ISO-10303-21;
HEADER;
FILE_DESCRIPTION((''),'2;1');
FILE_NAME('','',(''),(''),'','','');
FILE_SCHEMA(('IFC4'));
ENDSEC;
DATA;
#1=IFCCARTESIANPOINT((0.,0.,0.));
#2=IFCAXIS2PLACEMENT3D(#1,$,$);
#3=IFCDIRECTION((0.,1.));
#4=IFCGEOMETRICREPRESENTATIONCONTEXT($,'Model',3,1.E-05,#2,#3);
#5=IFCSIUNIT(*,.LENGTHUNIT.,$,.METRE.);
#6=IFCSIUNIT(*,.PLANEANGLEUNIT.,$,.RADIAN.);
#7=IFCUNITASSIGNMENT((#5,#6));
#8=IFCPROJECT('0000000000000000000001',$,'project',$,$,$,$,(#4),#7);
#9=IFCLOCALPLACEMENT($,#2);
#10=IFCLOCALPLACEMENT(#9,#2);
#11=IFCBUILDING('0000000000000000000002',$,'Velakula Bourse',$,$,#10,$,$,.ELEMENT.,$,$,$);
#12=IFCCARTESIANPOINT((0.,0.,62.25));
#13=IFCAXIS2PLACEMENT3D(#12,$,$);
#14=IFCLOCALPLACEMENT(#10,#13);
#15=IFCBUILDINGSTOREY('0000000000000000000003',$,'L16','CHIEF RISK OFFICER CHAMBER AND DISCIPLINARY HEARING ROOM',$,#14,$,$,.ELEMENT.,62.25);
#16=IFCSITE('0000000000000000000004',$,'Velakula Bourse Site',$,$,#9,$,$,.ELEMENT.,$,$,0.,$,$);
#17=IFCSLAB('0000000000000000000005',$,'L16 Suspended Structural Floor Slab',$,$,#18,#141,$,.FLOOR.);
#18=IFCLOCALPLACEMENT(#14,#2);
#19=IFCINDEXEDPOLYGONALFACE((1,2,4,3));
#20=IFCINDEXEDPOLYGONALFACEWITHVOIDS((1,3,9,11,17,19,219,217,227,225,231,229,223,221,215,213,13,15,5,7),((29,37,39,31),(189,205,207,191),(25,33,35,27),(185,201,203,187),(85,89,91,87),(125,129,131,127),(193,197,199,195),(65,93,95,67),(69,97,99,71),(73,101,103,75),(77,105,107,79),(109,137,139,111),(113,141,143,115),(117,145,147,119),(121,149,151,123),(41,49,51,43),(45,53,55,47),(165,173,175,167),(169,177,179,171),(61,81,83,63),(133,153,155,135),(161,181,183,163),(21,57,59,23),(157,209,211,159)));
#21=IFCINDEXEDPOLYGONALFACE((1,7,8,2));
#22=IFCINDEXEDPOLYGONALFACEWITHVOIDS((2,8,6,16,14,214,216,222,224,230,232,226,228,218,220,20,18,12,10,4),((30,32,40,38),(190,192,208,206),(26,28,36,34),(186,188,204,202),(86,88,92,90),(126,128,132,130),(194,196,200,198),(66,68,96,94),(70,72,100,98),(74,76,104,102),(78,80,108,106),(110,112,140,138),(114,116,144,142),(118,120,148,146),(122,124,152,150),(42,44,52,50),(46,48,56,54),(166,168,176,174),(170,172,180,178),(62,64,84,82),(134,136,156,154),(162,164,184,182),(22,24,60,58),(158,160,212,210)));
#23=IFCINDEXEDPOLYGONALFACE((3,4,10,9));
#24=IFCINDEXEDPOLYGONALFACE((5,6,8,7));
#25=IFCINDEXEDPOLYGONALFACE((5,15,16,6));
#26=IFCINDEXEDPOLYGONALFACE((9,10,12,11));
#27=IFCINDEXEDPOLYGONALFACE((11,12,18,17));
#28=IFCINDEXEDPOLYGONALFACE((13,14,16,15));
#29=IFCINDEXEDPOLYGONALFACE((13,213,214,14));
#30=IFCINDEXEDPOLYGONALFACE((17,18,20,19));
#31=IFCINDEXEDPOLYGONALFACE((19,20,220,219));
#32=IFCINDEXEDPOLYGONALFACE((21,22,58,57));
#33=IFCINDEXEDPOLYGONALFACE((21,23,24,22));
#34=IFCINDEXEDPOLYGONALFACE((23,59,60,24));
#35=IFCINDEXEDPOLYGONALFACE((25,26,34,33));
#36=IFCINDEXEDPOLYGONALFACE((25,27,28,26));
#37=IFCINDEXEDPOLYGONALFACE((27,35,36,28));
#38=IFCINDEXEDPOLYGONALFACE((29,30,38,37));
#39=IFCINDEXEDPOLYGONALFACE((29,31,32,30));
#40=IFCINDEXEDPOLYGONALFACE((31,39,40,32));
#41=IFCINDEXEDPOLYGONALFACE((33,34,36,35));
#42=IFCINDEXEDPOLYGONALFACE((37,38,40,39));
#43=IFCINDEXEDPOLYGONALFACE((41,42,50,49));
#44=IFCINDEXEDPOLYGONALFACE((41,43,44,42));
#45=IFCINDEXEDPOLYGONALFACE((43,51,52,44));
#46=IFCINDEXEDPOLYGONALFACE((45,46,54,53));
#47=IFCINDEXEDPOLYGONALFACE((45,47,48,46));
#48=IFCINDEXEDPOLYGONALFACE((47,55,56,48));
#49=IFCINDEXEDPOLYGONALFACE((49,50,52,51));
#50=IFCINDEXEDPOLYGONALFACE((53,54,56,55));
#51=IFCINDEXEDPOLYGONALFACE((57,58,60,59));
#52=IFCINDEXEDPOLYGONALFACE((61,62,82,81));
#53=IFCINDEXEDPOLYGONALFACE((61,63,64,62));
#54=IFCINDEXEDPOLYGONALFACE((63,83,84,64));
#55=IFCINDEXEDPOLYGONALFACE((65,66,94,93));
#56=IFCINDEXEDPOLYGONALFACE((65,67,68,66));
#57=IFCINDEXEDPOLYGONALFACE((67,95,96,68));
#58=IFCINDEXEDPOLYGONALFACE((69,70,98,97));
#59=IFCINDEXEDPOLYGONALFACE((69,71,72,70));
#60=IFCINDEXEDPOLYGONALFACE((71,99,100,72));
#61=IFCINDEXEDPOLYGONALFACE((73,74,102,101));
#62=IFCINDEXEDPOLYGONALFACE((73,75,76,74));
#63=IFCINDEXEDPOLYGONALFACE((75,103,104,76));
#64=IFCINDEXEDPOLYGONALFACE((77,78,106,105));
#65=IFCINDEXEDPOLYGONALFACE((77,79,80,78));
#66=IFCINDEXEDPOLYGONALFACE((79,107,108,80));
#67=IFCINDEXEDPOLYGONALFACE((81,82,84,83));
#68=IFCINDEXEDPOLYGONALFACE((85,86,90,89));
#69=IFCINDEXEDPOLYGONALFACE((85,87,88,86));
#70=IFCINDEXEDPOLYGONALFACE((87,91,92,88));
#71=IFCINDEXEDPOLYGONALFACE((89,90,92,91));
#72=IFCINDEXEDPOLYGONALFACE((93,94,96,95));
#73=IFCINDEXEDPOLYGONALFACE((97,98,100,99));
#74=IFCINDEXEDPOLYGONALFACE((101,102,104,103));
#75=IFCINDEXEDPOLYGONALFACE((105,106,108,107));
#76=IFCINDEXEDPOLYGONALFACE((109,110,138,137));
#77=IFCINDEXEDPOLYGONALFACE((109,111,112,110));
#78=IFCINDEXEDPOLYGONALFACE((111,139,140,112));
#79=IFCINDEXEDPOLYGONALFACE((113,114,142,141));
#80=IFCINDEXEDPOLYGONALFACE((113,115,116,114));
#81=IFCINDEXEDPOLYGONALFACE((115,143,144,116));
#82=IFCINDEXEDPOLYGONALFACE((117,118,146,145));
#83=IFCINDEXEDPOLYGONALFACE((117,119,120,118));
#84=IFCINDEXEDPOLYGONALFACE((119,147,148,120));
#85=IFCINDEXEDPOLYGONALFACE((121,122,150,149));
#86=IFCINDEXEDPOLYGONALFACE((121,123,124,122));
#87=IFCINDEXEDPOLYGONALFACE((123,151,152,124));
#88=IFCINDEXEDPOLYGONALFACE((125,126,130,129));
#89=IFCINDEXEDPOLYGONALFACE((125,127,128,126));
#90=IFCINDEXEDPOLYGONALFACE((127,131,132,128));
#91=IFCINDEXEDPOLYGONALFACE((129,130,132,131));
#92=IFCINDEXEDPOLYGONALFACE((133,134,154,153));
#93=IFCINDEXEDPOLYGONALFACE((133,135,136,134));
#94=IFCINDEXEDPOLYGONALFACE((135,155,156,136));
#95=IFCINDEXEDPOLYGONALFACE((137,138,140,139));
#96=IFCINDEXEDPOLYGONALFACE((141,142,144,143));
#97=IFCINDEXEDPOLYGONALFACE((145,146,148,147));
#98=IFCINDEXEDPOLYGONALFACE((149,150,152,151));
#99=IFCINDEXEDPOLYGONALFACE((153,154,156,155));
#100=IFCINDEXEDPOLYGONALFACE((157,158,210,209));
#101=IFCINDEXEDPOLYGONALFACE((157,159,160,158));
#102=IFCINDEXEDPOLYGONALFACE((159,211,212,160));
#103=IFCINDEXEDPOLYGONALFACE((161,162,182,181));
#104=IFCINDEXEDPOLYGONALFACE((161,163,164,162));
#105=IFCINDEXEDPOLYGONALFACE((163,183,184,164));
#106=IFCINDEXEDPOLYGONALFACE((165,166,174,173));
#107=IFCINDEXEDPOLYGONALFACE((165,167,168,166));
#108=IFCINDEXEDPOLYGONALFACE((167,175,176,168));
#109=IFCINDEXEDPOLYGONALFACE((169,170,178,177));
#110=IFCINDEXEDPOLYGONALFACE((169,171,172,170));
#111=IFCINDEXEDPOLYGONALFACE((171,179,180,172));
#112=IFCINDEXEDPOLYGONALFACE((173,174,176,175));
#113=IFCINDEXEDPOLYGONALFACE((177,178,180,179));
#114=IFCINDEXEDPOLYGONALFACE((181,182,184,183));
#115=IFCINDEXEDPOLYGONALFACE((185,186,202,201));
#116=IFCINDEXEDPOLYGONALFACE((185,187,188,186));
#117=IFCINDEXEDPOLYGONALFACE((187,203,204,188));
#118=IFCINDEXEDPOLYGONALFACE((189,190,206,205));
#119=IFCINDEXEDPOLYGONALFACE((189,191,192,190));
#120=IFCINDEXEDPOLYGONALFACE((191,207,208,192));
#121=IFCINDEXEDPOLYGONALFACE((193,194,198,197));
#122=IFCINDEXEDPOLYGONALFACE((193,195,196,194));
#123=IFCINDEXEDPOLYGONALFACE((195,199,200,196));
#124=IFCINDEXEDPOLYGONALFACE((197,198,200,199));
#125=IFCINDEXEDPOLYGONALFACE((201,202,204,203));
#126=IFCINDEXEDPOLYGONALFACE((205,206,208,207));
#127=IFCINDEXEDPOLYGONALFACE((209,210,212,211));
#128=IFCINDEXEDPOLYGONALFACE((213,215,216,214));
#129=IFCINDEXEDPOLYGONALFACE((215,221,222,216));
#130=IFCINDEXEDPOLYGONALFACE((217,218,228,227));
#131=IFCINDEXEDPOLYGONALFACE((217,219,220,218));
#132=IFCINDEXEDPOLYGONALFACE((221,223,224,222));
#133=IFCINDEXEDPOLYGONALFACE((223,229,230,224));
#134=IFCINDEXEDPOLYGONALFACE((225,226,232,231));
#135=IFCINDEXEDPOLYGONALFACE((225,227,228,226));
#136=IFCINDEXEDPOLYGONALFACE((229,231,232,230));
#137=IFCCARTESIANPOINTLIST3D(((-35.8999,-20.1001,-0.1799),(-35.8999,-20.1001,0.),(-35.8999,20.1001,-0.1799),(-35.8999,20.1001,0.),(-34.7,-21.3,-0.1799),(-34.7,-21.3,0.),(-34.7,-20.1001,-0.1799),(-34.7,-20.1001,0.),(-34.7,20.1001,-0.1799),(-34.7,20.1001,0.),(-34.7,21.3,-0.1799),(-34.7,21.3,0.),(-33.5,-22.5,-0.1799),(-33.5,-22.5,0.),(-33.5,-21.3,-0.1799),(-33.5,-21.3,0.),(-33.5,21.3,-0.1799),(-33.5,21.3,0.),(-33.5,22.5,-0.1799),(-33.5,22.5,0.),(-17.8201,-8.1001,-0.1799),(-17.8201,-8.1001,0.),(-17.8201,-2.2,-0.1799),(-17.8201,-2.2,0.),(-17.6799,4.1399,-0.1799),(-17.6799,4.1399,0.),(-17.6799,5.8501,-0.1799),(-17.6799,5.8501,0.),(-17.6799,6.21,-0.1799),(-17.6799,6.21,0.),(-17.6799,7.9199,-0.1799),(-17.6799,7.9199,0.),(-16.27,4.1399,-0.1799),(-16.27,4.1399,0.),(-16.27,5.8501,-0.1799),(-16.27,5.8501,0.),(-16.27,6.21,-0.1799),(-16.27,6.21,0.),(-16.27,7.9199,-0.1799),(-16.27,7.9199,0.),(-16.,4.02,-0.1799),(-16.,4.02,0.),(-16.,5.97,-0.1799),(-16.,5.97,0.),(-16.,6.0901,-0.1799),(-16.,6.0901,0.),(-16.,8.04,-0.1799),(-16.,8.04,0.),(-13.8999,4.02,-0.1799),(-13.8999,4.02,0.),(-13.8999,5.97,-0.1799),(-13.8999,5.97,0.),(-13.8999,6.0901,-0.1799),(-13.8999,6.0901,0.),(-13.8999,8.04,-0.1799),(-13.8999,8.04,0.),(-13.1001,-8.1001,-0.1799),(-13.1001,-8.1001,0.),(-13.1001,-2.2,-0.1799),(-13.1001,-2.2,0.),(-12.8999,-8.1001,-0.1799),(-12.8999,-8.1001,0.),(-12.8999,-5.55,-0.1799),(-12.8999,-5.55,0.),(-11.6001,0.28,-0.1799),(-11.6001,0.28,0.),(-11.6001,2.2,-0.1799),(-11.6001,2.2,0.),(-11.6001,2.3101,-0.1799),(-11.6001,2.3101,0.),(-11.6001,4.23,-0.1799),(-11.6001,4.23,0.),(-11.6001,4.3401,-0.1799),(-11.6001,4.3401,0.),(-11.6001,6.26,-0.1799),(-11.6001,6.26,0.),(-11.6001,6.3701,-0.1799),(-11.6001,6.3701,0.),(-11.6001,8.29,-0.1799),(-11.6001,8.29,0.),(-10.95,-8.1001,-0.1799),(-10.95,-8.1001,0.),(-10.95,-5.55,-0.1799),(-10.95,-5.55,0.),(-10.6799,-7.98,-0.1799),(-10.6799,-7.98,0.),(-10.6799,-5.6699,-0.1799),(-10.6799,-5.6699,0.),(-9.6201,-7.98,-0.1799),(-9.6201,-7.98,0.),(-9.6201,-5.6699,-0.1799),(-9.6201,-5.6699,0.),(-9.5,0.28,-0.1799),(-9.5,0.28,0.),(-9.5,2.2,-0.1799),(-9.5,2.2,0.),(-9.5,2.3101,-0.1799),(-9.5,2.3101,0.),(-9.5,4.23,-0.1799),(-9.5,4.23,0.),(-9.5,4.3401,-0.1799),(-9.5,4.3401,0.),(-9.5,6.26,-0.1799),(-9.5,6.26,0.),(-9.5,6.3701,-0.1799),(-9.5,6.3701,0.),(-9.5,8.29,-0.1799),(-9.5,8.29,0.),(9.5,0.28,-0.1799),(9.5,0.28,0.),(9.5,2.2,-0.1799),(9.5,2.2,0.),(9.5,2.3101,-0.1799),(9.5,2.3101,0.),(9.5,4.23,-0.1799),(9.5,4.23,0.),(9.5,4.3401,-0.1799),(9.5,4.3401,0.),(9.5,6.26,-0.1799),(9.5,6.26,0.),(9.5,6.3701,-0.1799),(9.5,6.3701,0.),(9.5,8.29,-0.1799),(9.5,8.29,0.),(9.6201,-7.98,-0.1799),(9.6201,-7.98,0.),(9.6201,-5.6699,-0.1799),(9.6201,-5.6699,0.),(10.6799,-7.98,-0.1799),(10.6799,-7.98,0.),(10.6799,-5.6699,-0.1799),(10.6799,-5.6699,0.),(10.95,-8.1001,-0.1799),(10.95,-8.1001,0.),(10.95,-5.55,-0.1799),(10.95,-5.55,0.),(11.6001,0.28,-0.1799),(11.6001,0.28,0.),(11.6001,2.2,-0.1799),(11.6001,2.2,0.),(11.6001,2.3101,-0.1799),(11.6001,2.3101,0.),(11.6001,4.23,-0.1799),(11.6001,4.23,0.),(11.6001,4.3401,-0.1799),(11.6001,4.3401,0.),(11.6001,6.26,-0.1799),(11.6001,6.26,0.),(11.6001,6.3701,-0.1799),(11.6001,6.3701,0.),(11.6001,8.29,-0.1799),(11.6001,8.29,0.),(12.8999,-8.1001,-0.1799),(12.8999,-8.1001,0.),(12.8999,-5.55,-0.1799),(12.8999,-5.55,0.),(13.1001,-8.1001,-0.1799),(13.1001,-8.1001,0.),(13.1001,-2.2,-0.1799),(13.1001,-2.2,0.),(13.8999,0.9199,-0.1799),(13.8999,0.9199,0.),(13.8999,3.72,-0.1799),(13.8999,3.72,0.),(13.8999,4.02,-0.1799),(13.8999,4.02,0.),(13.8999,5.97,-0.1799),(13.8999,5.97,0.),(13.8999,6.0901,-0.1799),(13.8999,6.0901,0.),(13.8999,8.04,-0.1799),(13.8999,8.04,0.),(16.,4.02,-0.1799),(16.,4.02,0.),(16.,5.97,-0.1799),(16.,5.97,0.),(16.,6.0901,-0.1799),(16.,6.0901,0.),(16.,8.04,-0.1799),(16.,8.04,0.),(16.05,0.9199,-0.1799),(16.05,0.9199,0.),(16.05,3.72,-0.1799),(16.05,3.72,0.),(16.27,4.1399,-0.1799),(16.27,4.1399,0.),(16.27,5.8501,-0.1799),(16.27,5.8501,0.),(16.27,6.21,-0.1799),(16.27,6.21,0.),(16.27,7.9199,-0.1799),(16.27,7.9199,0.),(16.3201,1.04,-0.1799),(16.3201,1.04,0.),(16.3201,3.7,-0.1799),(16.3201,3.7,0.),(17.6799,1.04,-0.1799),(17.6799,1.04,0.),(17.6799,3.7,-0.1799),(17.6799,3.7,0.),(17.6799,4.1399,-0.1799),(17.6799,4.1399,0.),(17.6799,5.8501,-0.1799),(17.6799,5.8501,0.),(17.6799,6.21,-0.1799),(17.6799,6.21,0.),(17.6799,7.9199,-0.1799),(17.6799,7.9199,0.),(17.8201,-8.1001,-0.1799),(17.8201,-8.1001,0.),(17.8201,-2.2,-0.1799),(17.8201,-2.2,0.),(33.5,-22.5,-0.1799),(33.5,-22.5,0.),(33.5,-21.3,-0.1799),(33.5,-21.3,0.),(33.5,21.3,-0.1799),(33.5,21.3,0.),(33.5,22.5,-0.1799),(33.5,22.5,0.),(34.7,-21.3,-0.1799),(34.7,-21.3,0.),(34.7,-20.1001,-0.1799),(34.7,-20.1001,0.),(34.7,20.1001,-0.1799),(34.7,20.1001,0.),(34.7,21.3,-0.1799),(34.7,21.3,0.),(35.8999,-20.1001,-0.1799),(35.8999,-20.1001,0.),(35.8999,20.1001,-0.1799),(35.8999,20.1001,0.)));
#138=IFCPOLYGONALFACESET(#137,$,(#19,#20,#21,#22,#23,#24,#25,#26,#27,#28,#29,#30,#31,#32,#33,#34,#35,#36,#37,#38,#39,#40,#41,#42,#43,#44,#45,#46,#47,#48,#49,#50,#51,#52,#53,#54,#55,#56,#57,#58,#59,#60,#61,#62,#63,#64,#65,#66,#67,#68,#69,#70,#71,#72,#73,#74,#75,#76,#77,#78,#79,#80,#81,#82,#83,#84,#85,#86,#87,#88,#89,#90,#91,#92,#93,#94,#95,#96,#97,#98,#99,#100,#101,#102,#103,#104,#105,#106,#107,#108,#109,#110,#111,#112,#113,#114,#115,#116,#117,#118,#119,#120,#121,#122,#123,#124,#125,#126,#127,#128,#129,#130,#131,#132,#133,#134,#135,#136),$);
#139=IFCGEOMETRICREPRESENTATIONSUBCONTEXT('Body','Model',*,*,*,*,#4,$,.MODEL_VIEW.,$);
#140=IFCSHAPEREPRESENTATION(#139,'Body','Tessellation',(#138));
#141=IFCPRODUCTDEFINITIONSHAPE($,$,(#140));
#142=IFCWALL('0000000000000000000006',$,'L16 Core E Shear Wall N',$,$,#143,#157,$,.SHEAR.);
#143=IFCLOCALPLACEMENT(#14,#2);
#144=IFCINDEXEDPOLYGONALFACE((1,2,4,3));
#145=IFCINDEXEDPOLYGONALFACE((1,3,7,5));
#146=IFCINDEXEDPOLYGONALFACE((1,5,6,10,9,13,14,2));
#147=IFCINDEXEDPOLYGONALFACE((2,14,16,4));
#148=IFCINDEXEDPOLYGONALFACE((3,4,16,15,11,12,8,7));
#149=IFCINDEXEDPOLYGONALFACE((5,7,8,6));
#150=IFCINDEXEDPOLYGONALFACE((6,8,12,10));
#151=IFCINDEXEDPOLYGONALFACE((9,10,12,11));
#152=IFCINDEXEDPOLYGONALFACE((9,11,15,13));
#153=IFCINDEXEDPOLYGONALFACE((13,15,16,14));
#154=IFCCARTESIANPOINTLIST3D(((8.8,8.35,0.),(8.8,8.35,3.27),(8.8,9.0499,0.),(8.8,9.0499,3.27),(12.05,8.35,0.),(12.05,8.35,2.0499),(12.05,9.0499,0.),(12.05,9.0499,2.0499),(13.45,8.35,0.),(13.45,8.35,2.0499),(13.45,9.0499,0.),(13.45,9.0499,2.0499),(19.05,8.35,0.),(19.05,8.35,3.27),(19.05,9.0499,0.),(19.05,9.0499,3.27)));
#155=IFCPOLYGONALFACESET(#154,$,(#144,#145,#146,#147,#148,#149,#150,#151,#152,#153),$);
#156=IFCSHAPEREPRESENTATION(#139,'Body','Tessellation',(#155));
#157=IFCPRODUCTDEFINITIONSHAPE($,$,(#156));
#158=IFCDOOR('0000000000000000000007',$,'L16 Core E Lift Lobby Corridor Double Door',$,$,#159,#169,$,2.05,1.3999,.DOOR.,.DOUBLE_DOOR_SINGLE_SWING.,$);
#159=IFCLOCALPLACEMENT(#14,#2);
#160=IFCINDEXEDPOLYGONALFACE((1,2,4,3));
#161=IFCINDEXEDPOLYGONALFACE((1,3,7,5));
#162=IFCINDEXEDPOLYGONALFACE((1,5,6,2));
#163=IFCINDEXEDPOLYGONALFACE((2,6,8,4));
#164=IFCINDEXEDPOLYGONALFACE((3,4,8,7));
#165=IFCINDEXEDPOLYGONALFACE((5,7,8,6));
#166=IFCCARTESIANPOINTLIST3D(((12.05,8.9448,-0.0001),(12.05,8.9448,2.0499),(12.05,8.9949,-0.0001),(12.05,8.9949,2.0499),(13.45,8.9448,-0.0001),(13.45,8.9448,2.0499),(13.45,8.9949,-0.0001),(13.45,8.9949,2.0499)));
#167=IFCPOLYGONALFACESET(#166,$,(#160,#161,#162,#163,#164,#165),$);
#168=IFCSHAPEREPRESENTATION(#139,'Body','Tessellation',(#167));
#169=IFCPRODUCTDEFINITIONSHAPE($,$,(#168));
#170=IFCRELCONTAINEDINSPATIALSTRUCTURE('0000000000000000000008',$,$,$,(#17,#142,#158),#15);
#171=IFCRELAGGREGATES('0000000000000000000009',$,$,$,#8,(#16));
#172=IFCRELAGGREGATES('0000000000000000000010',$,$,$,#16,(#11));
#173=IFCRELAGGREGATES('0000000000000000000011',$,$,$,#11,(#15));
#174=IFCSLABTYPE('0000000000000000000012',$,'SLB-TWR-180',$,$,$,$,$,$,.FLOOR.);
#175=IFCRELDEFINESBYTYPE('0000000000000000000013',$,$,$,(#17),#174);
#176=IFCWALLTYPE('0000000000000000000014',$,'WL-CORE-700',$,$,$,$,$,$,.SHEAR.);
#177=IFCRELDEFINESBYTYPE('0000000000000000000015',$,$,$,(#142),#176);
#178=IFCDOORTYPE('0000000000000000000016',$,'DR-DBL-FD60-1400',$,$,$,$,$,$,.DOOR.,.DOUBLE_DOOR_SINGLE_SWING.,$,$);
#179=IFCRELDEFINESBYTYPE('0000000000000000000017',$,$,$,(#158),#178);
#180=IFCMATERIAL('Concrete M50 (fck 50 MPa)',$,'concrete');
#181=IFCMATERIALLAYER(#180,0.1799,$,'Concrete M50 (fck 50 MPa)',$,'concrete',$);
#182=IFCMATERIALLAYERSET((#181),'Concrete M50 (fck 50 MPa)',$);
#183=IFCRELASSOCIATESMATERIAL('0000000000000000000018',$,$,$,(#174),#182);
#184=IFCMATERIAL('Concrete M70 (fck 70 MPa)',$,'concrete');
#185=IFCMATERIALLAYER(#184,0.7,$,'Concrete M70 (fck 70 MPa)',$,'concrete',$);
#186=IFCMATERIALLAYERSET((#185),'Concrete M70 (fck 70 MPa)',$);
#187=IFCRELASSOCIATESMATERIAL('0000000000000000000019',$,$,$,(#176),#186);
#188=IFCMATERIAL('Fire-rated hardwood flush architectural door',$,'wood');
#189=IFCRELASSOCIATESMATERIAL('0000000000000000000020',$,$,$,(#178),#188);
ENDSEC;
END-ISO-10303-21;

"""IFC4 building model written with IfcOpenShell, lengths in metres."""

from ifc_helpers import new_model, si_unit, direction, frame, frame_2d, origin, place, context, subcontext, project, spatial, polyline, rectangle, outline, extrude, material, layer, layer_set, type_object, element, fill, save


model = new_model("IFC4")

# Units and contexts
model_context = context("Model", 3, precision=1e-05, world=origin(), true_north=direction((0.0, 1.0)))
body_context = subcontext(model_context, "Body", "Model", "MODEL_VIEW")
ifc_project = project(units=[si_unit("LENGTHUNIT", "METRE"), si_unit("PLANEANGLEUNIT", "RADIAN")], contexts=[model_context])

# Site, building, storey
site_placement = place(None, origin())
site = spatial("IfcSite", under=ifc_project, at=site_placement, Name="Velakula Bourse Site", CompositionType="ELEMENT", RefElevation=0.0)
building_placement = place(site_placement, origin())
building = spatial("IfcBuilding", under=site, at=building_placement, Name="Velakula Bourse", CompositionType="ELEMENT")
storey_placement = place(building_placement, frame((0.0, 0.0, 62.25)))
storey = spatial("IfcBuildingStorey", under=building, at=storey_placement, Name="L16", Description="CHIEF RISK OFFICER CHAMBER AND DISCIPLINARY HEARING ROOM", CompositionType="ELEMENT", Elevation=62.25)

# Shared definitions
ifc_material_1 = material(Name="Concrete M70 (fck 70 MPa)", Category="concrete")

# Slab
ifc_material_2 = material(Name="Concrete M50 (fck 50 MPa)", Category="concrete")
ifc_layer_1 = layer(ifc_material_2, 0.1799, Name="Concrete M50 (fck 50 MPa)", Category="concrete")
ifc_layer_set_1 = layer_set([ifc_layer_1], Name="Concrete M50 (fck 50 MPa)")
slab_type_1 = type_object("IfcSlabType", Name="SLB-TWR-180", PredefinedType="FLOOR", material=ifc_layer_set_1)
slab_1_placement = place(storey_placement, frame((0.0, 0.0, -0.1799)))
element("IfcSlab", 1, at=slab_1_placement, inside=storey, type_object=slab_type_1, Name="L16 Suspended Structural Floor Slab", PredefinedType="FLOOR", context=body_context, shape_type="SweptSolid", body=[
    extrude(outline(polyline([(-33.5, -22.5), (33.5, -22.5), (33.5, -21.3), (34.7, -21.3), (34.7, -20.1001), (35.8999, -20.1001), (35.8999, 20.1001), (34.7, 20.1001), (34.7, 21.3), (33.5, 21.3), (33.5, 22.5), (-33.5, 22.5), (-33.5, 21.3), (-34.7, 21.3), (-34.7, 20.1001), (-35.8999, 20.1001), (-35.8999, -20.1001), (-34.7, -20.1001), (-34.7, -21.3), (-33.5, -21.3), (-33.5, -22.5)]), holes=[polyline([(-17.8201, -8.1001), (-13.1001, -8.1001), (-13.1001, -2.2), (-17.8201, -2.2), (-17.8201, -8.1001)]), polyline([(13.1001, -8.1001), (17.8201, -8.1001), (17.8201, -2.2), (13.1001, -2.2), (13.1001, -8.1001)]), polyline([(-12.8999, -8.1001), (-10.95, -8.1001), (-10.95, -5.55), (-12.8999, -5.55), (-12.8999, -8.1001)]), polyline([(10.95, -8.1001), (12.8999, -8.1001), (12.8999, -5.55), (10.95, -5.55), (10.95, -8.1001)]), polyline([(13.8999, 0.9199), (16.05, 0.9199), (16.05, 3.72), (13.8999, 3.72), (13.8999, 0.9199)]), polyline([(-10.6799, -7.98), (-9.6201, -7.98), (-9.6201, -5.6699), (-10.6799, -5.6699), (-10.6799, -7.98)]), polyline([(-17.6799, 4.1399), (-16.27, 4.1399), (-16.27, 5.8501), (-17.6799, 5.8501), (-17.6799, 4.1399)]), polyline([(-17.6799, 6.21), (-16.27, 6.21), (-16.27, 7.9199), (-17.6799, 7.9199), (-17.6799, 6.21)]), polyline([(9.6201, -7.98), (10.6799, -7.98), (10.6799, -5.6699), (9.6201, -5.6699), (9.6201, -7.98)]), polyline([(16.27, 4.1399), (17.6799, 4.1399), (17.6799, 5.8501), (16.27, 5.8501), (16.27, 4.1399)]), polyline([(16.27, 6.21), (17.6799, 6.21), (17.6799, 7.9199), (16.27, 7.9199), (16.27, 6.21)]), polyline([(16.3201, 1.04), (17.6799, 1.04), (17.6799, 3.7), (16.3201, 3.7), (16.3201, 1.04)]), polyline([(-11.6001, 0.28), (-9.5, 0.28), (-9.5, 2.2), (-11.6001, 2.2), (-11.6001, 0.28)]), polyline([(-11.6001, 2.3101), (-9.5, 2.3101), (-9.5, 4.23), (-11.6001, 4.23), (-11.6001, 2.3101)]), polyline([(-11.6001, 4.3401), (-9.5, 4.3401), (-9.5, 6.26), (-11.6001, 6.26), (-11.6001, 4.3401)]), polyline([(-11.6001, 6.3701), (-9.5, 6.3701), (-9.5, 8.29), (-11.6001, 8.29), (-11.6001, 6.3701)]), polyline([(9.5, 0.28), (11.6001, 0.28), (11.6001, 2.2), (9.5, 2.2), (9.5, 0.28)]), polyline([(9.5, 2.3101), (11.6001, 2.3101), (11.6001, 4.23), (9.5, 4.23), (9.5, 2.3101)]), polyline([(9.5, 4.3401), (11.6001, 4.3401), (11.6001, 6.26), (9.5, 6.26), (9.5, 4.3401)]), polyline([(9.5, 6.3701), (11.6001, 6.3701), (11.6001, 8.29), (9.5, 8.29), (9.5, 6.3701)]), polyline([(-16.0, 4.02), (-13.8999, 4.02), (-13.8999, 5.97), (-16.0, 5.97), (-16.0, 4.02)]), polyline([(-16.0, 6.0901), (-13.8999, 6.0901), (-13.8999, 8.04), (-16.0, 8.04), (-16.0, 6.0901)]), polyline([(13.8999, 4.02), (16.0, 4.02), (16.0, 5.97), (13.8999, 5.97), (13.8999, 4.02)]), polyline([(13.8999, 6.0901), (16.0, 6.0901), (16.0, 8.04), (13.8999, 8.04), (13.8999, 6.0901)])]), origin(), (0.0, 0.0, 1.0), 0.1799),
])

# Wall, opening, door
ifc_layer_2 = layer(ifc_material_1, 0.7, Name="Concrete M70 (fck 70 MPa)", Category="concrete")
ifc_layer_set_2 = layer_set([ifc_layer_2], Name="Concrete M70 (fck 70 MPa)")
wall_type_1 = type_object("IfcWallType", Name="WL-CORE-700", PredefinedType="SHEAR", material=ifc_layer_set_2)
wall_1_placement = place(storey_placement, frame((8.8, 8.7, 0.0), z_axis=(0.0, 0.0, 1.0), x_axis=(1.0, 0.0, 0.0)))
wall_1 = element("IfcWall", 2, at=wall_1_placement, inside=storey, type_object=wall_type_1, Name="L16 Core E Shear Wall N", PredefinedType="SHEAR", context=body_context, shape_type="SweptSolid", body=[
    extrude(rectangle(XDim=10.25, YDim=0.7, at=frame_2d((5.125, 0.0))), origin(), (0.0, 0.0, 1.0), 3.27),
])
opening_1_placement = place(wall_1_placement, frame((3.25, 0.0, 0.0)))
opening_1 = element("IfcOpeningElement", 3, at=opening_1_placement, cuts=wall_1, PredefinedType="OPENING", context=body_context, shape_type="SweptSolid", body=[
    extrude(rectangle(XDim=1.3999, YDim=2.05, at=frame_2d((0.7, 1.0249))), frame((0.0, 0.3599, 0.0), z_axis=(0.0, -1.0, 0.0), x_axis=(1.0, 0.0, 0.0)), (0.0, 0.0, 1.0), 0.72),
])
ifc_material_3 = material(Name="Fire-rated hardwood flush architectural door", Category="wood")
door_type = type_object("IfcDoorType", Name="DR-DBL-FD60-1400", OperationType="DOUBLE_DOOR_SINGLE_SWING", PredefinedType="DOOR", material=ifc_material_3)
door_placement = place(opening_1_placement, origin())
door = element("IfcDoor", 4, at=door_placement, inside=storey, type_object=door_type, Name="L16 Core E Lift Lobby Corridor Double Door", OperationType="DOUBLE_DOOR_SINGLE_SWING", OverallHeight=2.05, OverallWidth=1.3999, PredefinedType="DOOR", context=body_context, shape_type="SweptSolid", body=[
    extrude(rectangle(XDim=1.3999, YDim=2.05, at=frame_2d((0.7, 1.0249))), frame((0.0, 0.2949, 0.0), z_axis=(0.0, -1.0, 0.0), x_axis=(1.0, 0.0, 0.0)), (0.0, 0.0, 1.0), 0.05),
])
fill(opening_1, door)

save(model, "model.ifc")
